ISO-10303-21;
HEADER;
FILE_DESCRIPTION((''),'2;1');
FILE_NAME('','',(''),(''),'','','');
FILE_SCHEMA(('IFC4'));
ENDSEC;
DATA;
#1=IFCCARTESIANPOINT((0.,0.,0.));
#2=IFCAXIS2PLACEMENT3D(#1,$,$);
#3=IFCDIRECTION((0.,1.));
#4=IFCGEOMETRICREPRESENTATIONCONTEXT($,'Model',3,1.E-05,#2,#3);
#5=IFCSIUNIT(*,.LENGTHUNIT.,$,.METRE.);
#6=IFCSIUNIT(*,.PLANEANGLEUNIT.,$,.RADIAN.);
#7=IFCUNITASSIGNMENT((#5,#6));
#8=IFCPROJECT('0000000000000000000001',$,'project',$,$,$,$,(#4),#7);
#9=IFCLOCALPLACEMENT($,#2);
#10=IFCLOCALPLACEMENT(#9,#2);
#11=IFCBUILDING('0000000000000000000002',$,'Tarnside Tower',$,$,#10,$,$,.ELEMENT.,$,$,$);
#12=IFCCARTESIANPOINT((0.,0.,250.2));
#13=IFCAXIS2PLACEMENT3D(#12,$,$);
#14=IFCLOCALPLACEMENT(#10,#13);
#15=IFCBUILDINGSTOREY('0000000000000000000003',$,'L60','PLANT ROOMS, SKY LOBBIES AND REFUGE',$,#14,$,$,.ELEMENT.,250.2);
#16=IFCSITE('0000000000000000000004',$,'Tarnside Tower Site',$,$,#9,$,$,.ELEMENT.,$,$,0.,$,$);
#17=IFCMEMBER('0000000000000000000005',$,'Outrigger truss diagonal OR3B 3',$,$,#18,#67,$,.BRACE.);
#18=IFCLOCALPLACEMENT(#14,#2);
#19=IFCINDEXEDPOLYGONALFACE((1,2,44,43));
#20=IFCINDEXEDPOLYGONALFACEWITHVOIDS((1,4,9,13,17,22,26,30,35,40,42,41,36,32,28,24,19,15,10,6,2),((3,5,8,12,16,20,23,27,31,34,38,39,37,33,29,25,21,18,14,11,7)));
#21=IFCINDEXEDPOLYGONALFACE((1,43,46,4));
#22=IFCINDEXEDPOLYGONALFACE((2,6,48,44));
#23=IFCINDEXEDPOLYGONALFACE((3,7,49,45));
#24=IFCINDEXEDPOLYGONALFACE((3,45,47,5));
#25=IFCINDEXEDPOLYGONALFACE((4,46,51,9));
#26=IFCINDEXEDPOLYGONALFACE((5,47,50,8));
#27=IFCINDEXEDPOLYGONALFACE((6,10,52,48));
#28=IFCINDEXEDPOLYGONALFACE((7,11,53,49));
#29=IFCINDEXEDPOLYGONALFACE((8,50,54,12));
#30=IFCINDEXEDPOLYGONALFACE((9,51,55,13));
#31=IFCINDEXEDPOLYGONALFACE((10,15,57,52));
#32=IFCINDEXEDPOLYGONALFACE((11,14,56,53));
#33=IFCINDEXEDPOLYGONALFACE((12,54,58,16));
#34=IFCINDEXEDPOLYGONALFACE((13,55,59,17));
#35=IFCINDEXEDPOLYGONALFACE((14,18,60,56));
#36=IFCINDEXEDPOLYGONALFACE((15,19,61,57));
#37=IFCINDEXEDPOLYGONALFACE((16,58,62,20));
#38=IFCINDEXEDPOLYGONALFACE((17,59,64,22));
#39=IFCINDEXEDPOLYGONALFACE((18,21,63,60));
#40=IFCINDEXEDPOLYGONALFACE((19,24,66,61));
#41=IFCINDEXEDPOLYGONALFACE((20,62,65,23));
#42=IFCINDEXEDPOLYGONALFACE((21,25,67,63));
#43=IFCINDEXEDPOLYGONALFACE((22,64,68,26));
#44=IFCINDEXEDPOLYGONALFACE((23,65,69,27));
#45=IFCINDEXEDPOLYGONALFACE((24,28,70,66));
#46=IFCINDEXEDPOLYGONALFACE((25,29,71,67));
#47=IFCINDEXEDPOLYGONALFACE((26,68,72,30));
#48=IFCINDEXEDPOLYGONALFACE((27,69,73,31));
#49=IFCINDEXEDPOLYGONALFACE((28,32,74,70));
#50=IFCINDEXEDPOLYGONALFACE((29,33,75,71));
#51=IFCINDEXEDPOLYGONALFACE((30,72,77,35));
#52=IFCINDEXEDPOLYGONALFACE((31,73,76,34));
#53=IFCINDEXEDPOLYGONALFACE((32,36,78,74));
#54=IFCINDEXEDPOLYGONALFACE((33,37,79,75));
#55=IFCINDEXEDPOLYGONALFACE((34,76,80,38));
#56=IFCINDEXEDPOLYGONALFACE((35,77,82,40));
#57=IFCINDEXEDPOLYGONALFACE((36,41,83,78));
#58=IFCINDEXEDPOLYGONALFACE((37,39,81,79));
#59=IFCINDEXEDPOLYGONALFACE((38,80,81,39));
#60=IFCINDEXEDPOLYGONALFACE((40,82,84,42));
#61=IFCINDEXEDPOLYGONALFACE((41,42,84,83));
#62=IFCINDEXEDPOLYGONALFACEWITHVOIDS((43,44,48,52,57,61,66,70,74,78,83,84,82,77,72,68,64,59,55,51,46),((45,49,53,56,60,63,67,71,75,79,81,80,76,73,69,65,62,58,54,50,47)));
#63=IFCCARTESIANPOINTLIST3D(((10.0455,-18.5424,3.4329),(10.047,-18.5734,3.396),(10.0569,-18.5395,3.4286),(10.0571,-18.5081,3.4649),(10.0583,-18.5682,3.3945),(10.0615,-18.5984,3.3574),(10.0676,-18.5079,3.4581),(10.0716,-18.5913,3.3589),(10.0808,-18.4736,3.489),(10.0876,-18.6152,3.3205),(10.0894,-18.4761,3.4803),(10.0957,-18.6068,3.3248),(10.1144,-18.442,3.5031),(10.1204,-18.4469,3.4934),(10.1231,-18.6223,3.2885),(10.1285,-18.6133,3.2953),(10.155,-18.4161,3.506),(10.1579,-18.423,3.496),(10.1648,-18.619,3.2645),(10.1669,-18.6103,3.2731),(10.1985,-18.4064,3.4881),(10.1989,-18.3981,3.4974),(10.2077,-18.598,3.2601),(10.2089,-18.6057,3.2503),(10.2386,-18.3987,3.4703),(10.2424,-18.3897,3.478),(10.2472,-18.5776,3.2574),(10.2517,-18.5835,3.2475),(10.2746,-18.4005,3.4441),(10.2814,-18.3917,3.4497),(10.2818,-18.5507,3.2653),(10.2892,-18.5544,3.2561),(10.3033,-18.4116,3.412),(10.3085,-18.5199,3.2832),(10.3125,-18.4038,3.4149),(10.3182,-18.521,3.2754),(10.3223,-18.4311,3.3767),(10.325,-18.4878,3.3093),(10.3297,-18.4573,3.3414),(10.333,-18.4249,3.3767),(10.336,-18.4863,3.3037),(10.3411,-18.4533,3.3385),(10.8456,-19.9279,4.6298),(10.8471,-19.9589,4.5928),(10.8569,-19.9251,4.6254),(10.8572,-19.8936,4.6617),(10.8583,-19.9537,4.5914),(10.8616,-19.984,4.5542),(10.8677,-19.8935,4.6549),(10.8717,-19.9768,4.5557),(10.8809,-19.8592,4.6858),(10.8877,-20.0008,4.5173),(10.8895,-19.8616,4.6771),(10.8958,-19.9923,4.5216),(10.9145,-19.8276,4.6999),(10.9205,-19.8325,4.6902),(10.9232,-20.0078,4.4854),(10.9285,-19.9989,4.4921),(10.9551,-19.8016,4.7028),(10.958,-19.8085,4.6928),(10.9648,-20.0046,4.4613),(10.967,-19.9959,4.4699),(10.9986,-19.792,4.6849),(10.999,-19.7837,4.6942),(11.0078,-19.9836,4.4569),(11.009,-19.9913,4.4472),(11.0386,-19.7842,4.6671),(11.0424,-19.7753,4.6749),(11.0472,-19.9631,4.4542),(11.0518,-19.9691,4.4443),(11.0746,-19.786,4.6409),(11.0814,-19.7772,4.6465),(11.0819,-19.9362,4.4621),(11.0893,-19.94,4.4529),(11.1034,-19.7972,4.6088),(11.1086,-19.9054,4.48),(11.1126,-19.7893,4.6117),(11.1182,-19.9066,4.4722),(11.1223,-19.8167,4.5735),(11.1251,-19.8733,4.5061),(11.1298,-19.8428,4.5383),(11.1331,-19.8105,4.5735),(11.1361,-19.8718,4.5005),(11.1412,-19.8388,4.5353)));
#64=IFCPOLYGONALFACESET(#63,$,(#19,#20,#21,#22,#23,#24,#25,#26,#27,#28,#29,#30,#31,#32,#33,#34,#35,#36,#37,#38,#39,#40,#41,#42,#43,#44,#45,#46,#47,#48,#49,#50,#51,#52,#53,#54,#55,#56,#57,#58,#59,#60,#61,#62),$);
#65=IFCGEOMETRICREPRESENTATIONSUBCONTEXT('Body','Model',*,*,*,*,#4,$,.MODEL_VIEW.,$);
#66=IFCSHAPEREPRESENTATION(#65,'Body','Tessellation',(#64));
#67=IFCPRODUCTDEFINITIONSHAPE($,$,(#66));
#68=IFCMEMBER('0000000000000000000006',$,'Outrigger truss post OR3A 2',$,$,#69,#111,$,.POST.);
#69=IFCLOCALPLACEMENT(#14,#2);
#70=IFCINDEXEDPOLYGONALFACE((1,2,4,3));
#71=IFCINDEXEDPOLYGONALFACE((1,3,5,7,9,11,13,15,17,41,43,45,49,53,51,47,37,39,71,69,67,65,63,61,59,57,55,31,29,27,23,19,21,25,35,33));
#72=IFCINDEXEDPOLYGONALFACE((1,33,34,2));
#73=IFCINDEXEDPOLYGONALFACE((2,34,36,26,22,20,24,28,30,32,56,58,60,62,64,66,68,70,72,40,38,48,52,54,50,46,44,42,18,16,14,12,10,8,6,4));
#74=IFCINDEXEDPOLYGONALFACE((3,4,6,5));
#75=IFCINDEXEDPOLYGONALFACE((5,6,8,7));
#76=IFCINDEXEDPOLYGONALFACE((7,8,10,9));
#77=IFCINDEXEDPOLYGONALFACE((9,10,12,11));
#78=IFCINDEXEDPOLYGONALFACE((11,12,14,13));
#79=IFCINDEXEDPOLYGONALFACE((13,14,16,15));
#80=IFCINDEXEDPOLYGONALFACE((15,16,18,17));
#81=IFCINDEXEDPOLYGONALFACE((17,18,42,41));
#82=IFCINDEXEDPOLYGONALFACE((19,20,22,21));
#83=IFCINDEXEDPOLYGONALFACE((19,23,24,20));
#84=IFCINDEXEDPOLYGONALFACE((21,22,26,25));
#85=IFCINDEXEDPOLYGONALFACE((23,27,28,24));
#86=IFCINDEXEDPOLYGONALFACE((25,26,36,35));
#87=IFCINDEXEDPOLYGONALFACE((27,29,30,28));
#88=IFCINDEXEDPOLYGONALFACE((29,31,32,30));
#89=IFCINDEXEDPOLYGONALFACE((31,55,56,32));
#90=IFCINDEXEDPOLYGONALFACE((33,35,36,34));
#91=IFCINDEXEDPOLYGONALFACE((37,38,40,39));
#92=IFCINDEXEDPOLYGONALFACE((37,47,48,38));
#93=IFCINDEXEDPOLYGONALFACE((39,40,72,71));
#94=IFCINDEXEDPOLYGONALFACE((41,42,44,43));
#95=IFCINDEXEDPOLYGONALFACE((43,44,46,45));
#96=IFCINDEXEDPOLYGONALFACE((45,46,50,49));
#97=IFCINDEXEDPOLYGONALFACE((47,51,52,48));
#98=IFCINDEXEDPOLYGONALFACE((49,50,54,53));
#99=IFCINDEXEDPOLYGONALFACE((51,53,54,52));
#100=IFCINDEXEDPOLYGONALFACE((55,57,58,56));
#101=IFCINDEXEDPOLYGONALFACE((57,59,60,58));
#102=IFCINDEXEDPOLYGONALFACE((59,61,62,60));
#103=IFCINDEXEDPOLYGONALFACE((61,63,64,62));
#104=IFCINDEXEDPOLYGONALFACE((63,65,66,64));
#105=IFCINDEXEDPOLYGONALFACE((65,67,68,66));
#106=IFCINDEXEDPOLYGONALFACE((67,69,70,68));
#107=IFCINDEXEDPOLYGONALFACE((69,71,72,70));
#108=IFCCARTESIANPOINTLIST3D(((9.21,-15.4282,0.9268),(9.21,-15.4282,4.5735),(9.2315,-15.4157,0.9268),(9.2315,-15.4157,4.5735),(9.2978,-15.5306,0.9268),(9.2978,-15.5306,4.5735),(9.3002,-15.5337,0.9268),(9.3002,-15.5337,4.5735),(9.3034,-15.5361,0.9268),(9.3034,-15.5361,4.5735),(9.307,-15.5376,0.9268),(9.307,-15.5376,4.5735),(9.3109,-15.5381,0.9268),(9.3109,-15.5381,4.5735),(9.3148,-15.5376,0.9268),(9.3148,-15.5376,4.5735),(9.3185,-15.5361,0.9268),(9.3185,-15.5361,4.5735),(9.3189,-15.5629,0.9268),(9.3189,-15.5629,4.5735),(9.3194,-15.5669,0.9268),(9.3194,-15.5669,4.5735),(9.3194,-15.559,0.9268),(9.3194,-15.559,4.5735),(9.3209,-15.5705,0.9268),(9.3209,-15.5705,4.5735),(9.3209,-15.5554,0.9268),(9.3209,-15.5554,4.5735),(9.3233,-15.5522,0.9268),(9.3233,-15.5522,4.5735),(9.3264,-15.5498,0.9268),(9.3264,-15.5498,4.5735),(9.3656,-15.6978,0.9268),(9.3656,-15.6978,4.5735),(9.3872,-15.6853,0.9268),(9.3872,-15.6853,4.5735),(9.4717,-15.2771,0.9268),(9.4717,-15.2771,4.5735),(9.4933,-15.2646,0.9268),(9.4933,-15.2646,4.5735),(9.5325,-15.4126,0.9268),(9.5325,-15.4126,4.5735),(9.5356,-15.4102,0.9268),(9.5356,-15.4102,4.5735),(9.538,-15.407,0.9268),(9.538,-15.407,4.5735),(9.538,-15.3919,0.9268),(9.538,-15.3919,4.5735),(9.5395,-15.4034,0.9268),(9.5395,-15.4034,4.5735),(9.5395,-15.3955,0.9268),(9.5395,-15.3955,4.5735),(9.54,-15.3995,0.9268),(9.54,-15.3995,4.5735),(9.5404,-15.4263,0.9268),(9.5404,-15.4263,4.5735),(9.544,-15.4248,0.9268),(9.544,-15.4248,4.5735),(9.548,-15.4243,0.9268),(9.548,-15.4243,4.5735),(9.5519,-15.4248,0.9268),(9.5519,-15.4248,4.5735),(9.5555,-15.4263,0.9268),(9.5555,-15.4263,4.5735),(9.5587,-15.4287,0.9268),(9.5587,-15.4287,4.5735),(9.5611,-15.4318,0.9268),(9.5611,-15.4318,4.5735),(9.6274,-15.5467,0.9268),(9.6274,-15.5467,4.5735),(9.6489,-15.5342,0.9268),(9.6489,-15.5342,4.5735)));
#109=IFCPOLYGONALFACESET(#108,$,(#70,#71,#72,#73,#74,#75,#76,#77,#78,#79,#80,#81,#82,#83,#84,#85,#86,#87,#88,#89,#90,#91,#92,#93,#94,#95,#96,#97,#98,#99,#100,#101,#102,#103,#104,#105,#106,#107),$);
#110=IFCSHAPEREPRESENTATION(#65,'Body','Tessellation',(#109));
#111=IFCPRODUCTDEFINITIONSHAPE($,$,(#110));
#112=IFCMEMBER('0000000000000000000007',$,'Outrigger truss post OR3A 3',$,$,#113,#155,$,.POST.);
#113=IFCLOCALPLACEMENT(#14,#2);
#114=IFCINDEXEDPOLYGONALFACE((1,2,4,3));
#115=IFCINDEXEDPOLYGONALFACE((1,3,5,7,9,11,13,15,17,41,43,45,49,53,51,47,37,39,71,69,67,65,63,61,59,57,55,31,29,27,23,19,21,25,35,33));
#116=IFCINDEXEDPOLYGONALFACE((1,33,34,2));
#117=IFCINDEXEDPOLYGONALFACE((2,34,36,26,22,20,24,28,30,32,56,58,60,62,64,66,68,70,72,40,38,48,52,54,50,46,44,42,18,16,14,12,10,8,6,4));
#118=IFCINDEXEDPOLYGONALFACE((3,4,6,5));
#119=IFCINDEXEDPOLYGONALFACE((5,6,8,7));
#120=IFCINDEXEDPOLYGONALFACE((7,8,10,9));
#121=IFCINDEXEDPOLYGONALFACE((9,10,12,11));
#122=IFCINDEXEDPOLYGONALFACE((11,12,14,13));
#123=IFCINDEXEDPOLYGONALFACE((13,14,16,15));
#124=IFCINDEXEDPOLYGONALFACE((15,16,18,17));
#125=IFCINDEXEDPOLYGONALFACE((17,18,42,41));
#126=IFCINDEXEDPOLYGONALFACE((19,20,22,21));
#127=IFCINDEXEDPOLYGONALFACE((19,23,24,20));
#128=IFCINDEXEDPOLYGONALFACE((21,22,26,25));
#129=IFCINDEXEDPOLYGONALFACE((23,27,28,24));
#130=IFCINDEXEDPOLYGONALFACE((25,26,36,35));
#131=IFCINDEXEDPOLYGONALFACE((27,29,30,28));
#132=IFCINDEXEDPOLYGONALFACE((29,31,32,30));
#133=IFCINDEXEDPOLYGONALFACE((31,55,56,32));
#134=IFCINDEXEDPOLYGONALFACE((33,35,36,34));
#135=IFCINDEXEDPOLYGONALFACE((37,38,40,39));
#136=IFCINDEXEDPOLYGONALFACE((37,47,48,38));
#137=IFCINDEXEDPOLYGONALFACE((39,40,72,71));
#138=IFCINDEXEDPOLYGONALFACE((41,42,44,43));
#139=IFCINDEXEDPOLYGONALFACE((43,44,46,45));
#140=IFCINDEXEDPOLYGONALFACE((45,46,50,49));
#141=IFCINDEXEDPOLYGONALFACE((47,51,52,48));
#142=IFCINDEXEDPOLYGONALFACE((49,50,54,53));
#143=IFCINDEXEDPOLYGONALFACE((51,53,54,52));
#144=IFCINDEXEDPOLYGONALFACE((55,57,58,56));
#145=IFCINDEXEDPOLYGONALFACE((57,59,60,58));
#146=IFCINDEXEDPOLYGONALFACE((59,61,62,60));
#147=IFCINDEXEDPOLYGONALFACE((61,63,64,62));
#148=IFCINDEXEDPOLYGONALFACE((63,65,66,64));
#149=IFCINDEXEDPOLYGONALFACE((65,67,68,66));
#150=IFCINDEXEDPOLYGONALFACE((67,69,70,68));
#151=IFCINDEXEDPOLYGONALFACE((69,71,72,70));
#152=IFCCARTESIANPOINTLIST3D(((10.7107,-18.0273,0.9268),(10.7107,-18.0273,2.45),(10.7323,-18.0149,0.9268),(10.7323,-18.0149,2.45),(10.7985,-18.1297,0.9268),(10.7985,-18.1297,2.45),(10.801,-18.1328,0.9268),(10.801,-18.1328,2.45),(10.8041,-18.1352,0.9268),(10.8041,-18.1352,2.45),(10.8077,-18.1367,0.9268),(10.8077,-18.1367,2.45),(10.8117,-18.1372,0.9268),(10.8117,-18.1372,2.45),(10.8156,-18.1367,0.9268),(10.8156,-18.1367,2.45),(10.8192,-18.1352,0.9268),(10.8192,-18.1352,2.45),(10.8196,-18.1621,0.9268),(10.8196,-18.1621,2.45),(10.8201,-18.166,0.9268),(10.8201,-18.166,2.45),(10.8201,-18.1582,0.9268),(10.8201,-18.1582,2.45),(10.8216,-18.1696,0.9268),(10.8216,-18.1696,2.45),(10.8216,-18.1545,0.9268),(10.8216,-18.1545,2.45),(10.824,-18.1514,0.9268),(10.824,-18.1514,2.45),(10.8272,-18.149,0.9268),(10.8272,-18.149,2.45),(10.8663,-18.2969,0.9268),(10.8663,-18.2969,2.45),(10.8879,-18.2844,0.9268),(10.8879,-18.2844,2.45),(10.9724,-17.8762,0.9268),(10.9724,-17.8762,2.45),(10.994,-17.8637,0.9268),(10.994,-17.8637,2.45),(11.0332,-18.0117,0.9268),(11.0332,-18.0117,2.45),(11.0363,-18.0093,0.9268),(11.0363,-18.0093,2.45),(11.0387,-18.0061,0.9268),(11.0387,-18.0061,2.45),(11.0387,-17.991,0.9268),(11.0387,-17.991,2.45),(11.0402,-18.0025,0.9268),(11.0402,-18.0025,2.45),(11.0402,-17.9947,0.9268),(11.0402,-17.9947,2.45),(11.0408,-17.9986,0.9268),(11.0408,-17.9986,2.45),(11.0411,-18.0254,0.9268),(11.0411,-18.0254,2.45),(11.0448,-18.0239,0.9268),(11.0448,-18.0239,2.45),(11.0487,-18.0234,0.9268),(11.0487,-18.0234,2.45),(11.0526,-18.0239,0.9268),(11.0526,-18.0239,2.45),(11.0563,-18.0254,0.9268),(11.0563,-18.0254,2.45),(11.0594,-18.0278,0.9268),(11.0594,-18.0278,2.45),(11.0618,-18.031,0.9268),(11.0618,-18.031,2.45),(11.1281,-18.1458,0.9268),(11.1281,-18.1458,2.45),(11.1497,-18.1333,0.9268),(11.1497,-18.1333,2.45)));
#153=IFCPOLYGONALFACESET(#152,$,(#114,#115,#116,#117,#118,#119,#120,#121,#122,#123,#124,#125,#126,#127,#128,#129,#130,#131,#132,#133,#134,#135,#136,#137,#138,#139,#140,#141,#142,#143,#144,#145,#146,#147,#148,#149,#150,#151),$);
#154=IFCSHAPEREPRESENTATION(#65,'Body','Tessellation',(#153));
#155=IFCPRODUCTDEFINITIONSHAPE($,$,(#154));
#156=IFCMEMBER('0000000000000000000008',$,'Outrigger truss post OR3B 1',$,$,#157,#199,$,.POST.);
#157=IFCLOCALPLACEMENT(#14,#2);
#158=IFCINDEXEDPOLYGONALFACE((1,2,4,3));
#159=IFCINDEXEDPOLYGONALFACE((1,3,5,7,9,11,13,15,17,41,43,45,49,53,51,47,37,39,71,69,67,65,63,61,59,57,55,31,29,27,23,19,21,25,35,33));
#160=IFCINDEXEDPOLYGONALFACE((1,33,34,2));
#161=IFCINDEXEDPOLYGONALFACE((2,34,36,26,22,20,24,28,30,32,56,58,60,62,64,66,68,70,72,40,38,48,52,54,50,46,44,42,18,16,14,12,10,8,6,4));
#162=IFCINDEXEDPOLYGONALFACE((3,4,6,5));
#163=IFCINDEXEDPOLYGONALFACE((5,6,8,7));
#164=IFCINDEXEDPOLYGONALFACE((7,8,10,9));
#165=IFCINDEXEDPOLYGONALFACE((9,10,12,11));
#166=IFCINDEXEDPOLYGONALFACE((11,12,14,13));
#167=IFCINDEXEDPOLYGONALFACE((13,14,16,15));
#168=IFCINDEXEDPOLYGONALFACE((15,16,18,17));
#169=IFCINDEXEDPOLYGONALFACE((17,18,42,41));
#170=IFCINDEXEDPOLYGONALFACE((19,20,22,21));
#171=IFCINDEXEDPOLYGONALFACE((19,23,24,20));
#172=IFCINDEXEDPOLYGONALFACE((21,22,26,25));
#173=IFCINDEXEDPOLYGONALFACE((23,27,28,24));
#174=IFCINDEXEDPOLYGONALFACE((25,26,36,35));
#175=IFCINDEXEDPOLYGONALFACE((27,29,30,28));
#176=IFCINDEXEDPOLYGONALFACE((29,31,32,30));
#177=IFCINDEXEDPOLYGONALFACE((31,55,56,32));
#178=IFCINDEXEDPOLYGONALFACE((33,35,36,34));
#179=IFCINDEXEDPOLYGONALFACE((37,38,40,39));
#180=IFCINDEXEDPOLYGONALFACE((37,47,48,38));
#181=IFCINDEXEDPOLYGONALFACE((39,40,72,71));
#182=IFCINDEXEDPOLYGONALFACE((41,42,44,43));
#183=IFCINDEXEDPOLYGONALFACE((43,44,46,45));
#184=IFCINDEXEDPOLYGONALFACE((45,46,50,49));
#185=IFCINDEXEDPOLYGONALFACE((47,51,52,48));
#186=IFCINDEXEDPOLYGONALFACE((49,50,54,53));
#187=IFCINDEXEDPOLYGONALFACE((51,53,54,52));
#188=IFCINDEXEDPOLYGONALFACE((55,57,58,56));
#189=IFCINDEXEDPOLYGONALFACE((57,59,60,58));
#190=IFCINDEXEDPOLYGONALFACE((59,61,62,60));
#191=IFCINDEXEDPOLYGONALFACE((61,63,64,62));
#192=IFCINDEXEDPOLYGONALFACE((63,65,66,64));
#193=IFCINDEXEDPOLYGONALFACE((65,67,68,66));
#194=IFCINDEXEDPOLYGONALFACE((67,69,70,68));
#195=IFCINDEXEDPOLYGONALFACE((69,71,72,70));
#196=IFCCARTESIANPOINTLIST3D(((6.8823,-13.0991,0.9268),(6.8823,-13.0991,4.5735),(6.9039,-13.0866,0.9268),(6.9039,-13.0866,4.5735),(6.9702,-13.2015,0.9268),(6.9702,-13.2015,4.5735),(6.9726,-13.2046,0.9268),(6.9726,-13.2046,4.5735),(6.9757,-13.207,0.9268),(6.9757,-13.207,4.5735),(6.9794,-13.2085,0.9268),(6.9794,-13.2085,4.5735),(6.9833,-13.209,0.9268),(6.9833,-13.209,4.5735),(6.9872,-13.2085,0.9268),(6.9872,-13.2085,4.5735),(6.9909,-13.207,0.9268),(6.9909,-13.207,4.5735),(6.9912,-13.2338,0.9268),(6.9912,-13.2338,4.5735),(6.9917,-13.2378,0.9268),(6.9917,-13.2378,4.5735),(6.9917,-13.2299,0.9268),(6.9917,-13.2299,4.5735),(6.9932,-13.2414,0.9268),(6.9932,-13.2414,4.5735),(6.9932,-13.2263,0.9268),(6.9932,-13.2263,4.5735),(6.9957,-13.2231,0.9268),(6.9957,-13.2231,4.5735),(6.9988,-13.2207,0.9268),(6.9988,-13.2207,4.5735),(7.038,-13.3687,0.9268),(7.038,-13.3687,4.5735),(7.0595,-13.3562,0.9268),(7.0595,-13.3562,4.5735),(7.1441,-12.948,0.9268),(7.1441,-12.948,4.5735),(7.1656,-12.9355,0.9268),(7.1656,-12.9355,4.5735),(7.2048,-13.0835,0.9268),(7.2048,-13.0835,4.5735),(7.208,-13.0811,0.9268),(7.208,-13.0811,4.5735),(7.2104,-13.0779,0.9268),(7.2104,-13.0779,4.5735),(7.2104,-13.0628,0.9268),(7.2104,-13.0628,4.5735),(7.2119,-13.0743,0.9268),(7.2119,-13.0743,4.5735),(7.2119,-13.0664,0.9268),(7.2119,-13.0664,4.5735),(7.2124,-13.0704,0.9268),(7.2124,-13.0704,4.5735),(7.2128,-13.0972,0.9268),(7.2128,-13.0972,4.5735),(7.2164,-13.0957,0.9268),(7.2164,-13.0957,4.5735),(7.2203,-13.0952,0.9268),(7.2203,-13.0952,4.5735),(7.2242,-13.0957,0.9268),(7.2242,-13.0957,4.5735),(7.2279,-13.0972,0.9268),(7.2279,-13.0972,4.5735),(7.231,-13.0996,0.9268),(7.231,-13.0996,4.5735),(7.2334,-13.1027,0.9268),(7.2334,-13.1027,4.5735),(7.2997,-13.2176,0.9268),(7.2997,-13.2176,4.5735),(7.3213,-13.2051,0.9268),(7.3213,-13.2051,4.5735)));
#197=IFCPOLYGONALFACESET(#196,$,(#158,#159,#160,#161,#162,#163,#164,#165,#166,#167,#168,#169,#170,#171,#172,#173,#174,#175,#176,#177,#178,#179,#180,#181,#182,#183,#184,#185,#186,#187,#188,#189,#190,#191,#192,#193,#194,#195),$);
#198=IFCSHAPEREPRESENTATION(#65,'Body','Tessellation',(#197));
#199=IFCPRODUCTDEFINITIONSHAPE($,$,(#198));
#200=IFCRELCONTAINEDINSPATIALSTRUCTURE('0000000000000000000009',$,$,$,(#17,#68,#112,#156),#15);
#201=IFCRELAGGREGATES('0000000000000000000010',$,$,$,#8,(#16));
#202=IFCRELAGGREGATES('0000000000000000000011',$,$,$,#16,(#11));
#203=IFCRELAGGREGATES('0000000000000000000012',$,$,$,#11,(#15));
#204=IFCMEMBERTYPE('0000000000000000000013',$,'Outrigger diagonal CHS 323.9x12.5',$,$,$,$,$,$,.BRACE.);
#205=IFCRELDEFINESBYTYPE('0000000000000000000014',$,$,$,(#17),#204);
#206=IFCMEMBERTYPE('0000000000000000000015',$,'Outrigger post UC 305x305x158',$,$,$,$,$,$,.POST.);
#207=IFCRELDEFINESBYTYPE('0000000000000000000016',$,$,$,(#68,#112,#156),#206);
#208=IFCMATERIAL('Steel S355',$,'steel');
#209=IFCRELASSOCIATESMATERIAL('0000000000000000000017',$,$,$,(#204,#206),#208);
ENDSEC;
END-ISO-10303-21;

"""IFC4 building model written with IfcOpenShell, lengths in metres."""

from ifc_helpers import new_model, si_unit, direction, frame, origin, origin_2d, place, context, subcontext, project, spatial, hollow_circle, i_section, extrude, material, material_profile, profile_set, type_object, element, save


model = new_model("IFC4")

# Units and contexts
model_context = context("Model", 3, precision=1e-05, world=origin(), true_north=direction((0.0, 1.0)))
body_context = subcontext(model_context, "Body", "Model", "MODEL_VIEW")
ifc_project = project(units=[si_unit("LENGTHUNIT", "METRE"), si_unit("PLANEANGLEUNIT", "RADIAN")], contexts=[model_context])

# Site, building, storey
site_placement = place(None, origin())
site = spatial("IfcSite", under=ifc_project, at=site_placement, Name="Tarnside Tower Site", CompositionType="ELEMENT", RefElevation=0.0)
building_placement = place(site_placement, origin())
building = spatial("IfcBuilding", under=site, at=building_placement, Name="Tarnside Tower", CompositionType="ELEMENT")
storey_placement = place(building_placement, frame((0.0, 0.0, 250.2)))
storey = spatial("IfcBuildingStorey", under=building, at=storey_placement, Name="L60", Description="PLANT ROOMS, SKY LOBBIES AND REFUGE", CompositionType="ELEMENT", Elevation=250.2)

# Members
ifc_material = material(Name="Steel S355", Category="steel")
ifc_material_profile_1 = material_profile(ifc_material, hollow_circle(Radius=0.1619, WallThickness=0.0125, at=origin_2d()), Name="CHS 323.9x12.5")
ifc_profile_set_1 = profile_set([ifc_material_profile_1], Name="Steel S355")
member_type_1 = type_object("IfcMemberType", Name="Outrigger diagonal CHS 323.9x12.5", PredefinedType="BRACE", material=ifc_profile_set_1)
member_1_placement = place(storey_placement, frame((10.1929, -18.5059, 3.3767), z_axis=(0.400427, -0.693446, 0.598991), x_axis=(0.86599, 0.500061, 0.0)))
element("IfcMember", 1, at=member_1_placement, inside=storey, type_object=member_type_1, Name="Outrigger truss diagonal OR3B 3", PredefinedType="BRACE", context=body_context, shape_type="SweptSolid", body=[
    extrude(hollow_circle(Radius=0.1619, WallThickness=0.0125, at=origin_2d()), origin(), (0.0, 0.0, 1.0), 1.998),
])
ifc_material_profile_2 = material_profile(ifc_material, i_section(OverallWidth=0.3113, OverallDepth=0.3271, WebThickness=0.0159, FlangeThickness=0.0249, FilletRadius=0.0151, at=origin_2d()), Name="UC 305x305x158")
ifc_profile_set_2 = profile_set([ifc_material_profile_2], Name="Steel S355")
member_type_2 = type_object("IfcMemberType", Name="Outrigger post UC 305x305x158", PredefinedType="POST", material=ifc_profile_set_2)
member_2_placement = place(storey_placement, frame((9.4294, -15.4812, 0.9268), z_axis=(0.0, 0.0, 1.0), x_axis=(0.5, -0.866025, 0.0)))
element("IfcMember", 2, at=member_2_placement, inside=storey, type_object=member_type_2, Name="Outrigger truss post OR3A 2", PredefinedType="POST", context=body_context, shape_type="SweptSolid", body=[
    extrude(i_section(OverallWidth=0.3113, OverallDepth=0.3271, WebThickness=0.0159, FlangeThickness=0.0249, FilletRadius=0.0151, at=origin_2d()), origin(), (0.0, 0.0, 1.0), 3.6467),
])
member_3_placement = place(storey_placement, frame((10.9302, -18.0803, 0.9268), z_axis=(0.0, 0.0, 1.0), x_axis=(0.5, -0.866025, 0.0)))
element("IfcMember", 3, at=member_3_placement, inside=storey, type_object=member_type_2, Name="Outrigger truss post OR3A 3", PredefinedType="POST", context=body_context, shape_type="SweptSolid", body=[
    extrude(i_section(OverallWidth=0.3113, OverallDepth=0.3271, WebThickness=0.0159, FlangeThickness=0.0249, FilletRadius=0.0151, at=origin_2d()), origin(), (0.0, 0.0, 1.0), 1.5232),
])
for number, where, z_axis, x_axis, name in (
    (4, (7.1018, -13.1521, 0.9268), (0.0, 0.0, 1.0), (0.5, -0.866025, 0.0), "Outrigger truss post OR3B 1"),
):
    element("IfcMember", number, at=place(storey_placement, frame(where, z_axis=z_axis, x_axis=x_axis)), inside=storey, type_object=member_type_2, Name=name, PredefinedType="POST", context=body_context, shape_type="SweptSolid", body=[
        extrude(i_section(OverallWidth=0.3113, OverallDepth=0.3271, WebThickness=0.0159, FlangeThickness=0.0249, FilletRadius=0.0151, at=origin_2d()), origin(), (0.0, 0.0, 1.0), 3.6467),
    ])

save(model, "model.ifc")
